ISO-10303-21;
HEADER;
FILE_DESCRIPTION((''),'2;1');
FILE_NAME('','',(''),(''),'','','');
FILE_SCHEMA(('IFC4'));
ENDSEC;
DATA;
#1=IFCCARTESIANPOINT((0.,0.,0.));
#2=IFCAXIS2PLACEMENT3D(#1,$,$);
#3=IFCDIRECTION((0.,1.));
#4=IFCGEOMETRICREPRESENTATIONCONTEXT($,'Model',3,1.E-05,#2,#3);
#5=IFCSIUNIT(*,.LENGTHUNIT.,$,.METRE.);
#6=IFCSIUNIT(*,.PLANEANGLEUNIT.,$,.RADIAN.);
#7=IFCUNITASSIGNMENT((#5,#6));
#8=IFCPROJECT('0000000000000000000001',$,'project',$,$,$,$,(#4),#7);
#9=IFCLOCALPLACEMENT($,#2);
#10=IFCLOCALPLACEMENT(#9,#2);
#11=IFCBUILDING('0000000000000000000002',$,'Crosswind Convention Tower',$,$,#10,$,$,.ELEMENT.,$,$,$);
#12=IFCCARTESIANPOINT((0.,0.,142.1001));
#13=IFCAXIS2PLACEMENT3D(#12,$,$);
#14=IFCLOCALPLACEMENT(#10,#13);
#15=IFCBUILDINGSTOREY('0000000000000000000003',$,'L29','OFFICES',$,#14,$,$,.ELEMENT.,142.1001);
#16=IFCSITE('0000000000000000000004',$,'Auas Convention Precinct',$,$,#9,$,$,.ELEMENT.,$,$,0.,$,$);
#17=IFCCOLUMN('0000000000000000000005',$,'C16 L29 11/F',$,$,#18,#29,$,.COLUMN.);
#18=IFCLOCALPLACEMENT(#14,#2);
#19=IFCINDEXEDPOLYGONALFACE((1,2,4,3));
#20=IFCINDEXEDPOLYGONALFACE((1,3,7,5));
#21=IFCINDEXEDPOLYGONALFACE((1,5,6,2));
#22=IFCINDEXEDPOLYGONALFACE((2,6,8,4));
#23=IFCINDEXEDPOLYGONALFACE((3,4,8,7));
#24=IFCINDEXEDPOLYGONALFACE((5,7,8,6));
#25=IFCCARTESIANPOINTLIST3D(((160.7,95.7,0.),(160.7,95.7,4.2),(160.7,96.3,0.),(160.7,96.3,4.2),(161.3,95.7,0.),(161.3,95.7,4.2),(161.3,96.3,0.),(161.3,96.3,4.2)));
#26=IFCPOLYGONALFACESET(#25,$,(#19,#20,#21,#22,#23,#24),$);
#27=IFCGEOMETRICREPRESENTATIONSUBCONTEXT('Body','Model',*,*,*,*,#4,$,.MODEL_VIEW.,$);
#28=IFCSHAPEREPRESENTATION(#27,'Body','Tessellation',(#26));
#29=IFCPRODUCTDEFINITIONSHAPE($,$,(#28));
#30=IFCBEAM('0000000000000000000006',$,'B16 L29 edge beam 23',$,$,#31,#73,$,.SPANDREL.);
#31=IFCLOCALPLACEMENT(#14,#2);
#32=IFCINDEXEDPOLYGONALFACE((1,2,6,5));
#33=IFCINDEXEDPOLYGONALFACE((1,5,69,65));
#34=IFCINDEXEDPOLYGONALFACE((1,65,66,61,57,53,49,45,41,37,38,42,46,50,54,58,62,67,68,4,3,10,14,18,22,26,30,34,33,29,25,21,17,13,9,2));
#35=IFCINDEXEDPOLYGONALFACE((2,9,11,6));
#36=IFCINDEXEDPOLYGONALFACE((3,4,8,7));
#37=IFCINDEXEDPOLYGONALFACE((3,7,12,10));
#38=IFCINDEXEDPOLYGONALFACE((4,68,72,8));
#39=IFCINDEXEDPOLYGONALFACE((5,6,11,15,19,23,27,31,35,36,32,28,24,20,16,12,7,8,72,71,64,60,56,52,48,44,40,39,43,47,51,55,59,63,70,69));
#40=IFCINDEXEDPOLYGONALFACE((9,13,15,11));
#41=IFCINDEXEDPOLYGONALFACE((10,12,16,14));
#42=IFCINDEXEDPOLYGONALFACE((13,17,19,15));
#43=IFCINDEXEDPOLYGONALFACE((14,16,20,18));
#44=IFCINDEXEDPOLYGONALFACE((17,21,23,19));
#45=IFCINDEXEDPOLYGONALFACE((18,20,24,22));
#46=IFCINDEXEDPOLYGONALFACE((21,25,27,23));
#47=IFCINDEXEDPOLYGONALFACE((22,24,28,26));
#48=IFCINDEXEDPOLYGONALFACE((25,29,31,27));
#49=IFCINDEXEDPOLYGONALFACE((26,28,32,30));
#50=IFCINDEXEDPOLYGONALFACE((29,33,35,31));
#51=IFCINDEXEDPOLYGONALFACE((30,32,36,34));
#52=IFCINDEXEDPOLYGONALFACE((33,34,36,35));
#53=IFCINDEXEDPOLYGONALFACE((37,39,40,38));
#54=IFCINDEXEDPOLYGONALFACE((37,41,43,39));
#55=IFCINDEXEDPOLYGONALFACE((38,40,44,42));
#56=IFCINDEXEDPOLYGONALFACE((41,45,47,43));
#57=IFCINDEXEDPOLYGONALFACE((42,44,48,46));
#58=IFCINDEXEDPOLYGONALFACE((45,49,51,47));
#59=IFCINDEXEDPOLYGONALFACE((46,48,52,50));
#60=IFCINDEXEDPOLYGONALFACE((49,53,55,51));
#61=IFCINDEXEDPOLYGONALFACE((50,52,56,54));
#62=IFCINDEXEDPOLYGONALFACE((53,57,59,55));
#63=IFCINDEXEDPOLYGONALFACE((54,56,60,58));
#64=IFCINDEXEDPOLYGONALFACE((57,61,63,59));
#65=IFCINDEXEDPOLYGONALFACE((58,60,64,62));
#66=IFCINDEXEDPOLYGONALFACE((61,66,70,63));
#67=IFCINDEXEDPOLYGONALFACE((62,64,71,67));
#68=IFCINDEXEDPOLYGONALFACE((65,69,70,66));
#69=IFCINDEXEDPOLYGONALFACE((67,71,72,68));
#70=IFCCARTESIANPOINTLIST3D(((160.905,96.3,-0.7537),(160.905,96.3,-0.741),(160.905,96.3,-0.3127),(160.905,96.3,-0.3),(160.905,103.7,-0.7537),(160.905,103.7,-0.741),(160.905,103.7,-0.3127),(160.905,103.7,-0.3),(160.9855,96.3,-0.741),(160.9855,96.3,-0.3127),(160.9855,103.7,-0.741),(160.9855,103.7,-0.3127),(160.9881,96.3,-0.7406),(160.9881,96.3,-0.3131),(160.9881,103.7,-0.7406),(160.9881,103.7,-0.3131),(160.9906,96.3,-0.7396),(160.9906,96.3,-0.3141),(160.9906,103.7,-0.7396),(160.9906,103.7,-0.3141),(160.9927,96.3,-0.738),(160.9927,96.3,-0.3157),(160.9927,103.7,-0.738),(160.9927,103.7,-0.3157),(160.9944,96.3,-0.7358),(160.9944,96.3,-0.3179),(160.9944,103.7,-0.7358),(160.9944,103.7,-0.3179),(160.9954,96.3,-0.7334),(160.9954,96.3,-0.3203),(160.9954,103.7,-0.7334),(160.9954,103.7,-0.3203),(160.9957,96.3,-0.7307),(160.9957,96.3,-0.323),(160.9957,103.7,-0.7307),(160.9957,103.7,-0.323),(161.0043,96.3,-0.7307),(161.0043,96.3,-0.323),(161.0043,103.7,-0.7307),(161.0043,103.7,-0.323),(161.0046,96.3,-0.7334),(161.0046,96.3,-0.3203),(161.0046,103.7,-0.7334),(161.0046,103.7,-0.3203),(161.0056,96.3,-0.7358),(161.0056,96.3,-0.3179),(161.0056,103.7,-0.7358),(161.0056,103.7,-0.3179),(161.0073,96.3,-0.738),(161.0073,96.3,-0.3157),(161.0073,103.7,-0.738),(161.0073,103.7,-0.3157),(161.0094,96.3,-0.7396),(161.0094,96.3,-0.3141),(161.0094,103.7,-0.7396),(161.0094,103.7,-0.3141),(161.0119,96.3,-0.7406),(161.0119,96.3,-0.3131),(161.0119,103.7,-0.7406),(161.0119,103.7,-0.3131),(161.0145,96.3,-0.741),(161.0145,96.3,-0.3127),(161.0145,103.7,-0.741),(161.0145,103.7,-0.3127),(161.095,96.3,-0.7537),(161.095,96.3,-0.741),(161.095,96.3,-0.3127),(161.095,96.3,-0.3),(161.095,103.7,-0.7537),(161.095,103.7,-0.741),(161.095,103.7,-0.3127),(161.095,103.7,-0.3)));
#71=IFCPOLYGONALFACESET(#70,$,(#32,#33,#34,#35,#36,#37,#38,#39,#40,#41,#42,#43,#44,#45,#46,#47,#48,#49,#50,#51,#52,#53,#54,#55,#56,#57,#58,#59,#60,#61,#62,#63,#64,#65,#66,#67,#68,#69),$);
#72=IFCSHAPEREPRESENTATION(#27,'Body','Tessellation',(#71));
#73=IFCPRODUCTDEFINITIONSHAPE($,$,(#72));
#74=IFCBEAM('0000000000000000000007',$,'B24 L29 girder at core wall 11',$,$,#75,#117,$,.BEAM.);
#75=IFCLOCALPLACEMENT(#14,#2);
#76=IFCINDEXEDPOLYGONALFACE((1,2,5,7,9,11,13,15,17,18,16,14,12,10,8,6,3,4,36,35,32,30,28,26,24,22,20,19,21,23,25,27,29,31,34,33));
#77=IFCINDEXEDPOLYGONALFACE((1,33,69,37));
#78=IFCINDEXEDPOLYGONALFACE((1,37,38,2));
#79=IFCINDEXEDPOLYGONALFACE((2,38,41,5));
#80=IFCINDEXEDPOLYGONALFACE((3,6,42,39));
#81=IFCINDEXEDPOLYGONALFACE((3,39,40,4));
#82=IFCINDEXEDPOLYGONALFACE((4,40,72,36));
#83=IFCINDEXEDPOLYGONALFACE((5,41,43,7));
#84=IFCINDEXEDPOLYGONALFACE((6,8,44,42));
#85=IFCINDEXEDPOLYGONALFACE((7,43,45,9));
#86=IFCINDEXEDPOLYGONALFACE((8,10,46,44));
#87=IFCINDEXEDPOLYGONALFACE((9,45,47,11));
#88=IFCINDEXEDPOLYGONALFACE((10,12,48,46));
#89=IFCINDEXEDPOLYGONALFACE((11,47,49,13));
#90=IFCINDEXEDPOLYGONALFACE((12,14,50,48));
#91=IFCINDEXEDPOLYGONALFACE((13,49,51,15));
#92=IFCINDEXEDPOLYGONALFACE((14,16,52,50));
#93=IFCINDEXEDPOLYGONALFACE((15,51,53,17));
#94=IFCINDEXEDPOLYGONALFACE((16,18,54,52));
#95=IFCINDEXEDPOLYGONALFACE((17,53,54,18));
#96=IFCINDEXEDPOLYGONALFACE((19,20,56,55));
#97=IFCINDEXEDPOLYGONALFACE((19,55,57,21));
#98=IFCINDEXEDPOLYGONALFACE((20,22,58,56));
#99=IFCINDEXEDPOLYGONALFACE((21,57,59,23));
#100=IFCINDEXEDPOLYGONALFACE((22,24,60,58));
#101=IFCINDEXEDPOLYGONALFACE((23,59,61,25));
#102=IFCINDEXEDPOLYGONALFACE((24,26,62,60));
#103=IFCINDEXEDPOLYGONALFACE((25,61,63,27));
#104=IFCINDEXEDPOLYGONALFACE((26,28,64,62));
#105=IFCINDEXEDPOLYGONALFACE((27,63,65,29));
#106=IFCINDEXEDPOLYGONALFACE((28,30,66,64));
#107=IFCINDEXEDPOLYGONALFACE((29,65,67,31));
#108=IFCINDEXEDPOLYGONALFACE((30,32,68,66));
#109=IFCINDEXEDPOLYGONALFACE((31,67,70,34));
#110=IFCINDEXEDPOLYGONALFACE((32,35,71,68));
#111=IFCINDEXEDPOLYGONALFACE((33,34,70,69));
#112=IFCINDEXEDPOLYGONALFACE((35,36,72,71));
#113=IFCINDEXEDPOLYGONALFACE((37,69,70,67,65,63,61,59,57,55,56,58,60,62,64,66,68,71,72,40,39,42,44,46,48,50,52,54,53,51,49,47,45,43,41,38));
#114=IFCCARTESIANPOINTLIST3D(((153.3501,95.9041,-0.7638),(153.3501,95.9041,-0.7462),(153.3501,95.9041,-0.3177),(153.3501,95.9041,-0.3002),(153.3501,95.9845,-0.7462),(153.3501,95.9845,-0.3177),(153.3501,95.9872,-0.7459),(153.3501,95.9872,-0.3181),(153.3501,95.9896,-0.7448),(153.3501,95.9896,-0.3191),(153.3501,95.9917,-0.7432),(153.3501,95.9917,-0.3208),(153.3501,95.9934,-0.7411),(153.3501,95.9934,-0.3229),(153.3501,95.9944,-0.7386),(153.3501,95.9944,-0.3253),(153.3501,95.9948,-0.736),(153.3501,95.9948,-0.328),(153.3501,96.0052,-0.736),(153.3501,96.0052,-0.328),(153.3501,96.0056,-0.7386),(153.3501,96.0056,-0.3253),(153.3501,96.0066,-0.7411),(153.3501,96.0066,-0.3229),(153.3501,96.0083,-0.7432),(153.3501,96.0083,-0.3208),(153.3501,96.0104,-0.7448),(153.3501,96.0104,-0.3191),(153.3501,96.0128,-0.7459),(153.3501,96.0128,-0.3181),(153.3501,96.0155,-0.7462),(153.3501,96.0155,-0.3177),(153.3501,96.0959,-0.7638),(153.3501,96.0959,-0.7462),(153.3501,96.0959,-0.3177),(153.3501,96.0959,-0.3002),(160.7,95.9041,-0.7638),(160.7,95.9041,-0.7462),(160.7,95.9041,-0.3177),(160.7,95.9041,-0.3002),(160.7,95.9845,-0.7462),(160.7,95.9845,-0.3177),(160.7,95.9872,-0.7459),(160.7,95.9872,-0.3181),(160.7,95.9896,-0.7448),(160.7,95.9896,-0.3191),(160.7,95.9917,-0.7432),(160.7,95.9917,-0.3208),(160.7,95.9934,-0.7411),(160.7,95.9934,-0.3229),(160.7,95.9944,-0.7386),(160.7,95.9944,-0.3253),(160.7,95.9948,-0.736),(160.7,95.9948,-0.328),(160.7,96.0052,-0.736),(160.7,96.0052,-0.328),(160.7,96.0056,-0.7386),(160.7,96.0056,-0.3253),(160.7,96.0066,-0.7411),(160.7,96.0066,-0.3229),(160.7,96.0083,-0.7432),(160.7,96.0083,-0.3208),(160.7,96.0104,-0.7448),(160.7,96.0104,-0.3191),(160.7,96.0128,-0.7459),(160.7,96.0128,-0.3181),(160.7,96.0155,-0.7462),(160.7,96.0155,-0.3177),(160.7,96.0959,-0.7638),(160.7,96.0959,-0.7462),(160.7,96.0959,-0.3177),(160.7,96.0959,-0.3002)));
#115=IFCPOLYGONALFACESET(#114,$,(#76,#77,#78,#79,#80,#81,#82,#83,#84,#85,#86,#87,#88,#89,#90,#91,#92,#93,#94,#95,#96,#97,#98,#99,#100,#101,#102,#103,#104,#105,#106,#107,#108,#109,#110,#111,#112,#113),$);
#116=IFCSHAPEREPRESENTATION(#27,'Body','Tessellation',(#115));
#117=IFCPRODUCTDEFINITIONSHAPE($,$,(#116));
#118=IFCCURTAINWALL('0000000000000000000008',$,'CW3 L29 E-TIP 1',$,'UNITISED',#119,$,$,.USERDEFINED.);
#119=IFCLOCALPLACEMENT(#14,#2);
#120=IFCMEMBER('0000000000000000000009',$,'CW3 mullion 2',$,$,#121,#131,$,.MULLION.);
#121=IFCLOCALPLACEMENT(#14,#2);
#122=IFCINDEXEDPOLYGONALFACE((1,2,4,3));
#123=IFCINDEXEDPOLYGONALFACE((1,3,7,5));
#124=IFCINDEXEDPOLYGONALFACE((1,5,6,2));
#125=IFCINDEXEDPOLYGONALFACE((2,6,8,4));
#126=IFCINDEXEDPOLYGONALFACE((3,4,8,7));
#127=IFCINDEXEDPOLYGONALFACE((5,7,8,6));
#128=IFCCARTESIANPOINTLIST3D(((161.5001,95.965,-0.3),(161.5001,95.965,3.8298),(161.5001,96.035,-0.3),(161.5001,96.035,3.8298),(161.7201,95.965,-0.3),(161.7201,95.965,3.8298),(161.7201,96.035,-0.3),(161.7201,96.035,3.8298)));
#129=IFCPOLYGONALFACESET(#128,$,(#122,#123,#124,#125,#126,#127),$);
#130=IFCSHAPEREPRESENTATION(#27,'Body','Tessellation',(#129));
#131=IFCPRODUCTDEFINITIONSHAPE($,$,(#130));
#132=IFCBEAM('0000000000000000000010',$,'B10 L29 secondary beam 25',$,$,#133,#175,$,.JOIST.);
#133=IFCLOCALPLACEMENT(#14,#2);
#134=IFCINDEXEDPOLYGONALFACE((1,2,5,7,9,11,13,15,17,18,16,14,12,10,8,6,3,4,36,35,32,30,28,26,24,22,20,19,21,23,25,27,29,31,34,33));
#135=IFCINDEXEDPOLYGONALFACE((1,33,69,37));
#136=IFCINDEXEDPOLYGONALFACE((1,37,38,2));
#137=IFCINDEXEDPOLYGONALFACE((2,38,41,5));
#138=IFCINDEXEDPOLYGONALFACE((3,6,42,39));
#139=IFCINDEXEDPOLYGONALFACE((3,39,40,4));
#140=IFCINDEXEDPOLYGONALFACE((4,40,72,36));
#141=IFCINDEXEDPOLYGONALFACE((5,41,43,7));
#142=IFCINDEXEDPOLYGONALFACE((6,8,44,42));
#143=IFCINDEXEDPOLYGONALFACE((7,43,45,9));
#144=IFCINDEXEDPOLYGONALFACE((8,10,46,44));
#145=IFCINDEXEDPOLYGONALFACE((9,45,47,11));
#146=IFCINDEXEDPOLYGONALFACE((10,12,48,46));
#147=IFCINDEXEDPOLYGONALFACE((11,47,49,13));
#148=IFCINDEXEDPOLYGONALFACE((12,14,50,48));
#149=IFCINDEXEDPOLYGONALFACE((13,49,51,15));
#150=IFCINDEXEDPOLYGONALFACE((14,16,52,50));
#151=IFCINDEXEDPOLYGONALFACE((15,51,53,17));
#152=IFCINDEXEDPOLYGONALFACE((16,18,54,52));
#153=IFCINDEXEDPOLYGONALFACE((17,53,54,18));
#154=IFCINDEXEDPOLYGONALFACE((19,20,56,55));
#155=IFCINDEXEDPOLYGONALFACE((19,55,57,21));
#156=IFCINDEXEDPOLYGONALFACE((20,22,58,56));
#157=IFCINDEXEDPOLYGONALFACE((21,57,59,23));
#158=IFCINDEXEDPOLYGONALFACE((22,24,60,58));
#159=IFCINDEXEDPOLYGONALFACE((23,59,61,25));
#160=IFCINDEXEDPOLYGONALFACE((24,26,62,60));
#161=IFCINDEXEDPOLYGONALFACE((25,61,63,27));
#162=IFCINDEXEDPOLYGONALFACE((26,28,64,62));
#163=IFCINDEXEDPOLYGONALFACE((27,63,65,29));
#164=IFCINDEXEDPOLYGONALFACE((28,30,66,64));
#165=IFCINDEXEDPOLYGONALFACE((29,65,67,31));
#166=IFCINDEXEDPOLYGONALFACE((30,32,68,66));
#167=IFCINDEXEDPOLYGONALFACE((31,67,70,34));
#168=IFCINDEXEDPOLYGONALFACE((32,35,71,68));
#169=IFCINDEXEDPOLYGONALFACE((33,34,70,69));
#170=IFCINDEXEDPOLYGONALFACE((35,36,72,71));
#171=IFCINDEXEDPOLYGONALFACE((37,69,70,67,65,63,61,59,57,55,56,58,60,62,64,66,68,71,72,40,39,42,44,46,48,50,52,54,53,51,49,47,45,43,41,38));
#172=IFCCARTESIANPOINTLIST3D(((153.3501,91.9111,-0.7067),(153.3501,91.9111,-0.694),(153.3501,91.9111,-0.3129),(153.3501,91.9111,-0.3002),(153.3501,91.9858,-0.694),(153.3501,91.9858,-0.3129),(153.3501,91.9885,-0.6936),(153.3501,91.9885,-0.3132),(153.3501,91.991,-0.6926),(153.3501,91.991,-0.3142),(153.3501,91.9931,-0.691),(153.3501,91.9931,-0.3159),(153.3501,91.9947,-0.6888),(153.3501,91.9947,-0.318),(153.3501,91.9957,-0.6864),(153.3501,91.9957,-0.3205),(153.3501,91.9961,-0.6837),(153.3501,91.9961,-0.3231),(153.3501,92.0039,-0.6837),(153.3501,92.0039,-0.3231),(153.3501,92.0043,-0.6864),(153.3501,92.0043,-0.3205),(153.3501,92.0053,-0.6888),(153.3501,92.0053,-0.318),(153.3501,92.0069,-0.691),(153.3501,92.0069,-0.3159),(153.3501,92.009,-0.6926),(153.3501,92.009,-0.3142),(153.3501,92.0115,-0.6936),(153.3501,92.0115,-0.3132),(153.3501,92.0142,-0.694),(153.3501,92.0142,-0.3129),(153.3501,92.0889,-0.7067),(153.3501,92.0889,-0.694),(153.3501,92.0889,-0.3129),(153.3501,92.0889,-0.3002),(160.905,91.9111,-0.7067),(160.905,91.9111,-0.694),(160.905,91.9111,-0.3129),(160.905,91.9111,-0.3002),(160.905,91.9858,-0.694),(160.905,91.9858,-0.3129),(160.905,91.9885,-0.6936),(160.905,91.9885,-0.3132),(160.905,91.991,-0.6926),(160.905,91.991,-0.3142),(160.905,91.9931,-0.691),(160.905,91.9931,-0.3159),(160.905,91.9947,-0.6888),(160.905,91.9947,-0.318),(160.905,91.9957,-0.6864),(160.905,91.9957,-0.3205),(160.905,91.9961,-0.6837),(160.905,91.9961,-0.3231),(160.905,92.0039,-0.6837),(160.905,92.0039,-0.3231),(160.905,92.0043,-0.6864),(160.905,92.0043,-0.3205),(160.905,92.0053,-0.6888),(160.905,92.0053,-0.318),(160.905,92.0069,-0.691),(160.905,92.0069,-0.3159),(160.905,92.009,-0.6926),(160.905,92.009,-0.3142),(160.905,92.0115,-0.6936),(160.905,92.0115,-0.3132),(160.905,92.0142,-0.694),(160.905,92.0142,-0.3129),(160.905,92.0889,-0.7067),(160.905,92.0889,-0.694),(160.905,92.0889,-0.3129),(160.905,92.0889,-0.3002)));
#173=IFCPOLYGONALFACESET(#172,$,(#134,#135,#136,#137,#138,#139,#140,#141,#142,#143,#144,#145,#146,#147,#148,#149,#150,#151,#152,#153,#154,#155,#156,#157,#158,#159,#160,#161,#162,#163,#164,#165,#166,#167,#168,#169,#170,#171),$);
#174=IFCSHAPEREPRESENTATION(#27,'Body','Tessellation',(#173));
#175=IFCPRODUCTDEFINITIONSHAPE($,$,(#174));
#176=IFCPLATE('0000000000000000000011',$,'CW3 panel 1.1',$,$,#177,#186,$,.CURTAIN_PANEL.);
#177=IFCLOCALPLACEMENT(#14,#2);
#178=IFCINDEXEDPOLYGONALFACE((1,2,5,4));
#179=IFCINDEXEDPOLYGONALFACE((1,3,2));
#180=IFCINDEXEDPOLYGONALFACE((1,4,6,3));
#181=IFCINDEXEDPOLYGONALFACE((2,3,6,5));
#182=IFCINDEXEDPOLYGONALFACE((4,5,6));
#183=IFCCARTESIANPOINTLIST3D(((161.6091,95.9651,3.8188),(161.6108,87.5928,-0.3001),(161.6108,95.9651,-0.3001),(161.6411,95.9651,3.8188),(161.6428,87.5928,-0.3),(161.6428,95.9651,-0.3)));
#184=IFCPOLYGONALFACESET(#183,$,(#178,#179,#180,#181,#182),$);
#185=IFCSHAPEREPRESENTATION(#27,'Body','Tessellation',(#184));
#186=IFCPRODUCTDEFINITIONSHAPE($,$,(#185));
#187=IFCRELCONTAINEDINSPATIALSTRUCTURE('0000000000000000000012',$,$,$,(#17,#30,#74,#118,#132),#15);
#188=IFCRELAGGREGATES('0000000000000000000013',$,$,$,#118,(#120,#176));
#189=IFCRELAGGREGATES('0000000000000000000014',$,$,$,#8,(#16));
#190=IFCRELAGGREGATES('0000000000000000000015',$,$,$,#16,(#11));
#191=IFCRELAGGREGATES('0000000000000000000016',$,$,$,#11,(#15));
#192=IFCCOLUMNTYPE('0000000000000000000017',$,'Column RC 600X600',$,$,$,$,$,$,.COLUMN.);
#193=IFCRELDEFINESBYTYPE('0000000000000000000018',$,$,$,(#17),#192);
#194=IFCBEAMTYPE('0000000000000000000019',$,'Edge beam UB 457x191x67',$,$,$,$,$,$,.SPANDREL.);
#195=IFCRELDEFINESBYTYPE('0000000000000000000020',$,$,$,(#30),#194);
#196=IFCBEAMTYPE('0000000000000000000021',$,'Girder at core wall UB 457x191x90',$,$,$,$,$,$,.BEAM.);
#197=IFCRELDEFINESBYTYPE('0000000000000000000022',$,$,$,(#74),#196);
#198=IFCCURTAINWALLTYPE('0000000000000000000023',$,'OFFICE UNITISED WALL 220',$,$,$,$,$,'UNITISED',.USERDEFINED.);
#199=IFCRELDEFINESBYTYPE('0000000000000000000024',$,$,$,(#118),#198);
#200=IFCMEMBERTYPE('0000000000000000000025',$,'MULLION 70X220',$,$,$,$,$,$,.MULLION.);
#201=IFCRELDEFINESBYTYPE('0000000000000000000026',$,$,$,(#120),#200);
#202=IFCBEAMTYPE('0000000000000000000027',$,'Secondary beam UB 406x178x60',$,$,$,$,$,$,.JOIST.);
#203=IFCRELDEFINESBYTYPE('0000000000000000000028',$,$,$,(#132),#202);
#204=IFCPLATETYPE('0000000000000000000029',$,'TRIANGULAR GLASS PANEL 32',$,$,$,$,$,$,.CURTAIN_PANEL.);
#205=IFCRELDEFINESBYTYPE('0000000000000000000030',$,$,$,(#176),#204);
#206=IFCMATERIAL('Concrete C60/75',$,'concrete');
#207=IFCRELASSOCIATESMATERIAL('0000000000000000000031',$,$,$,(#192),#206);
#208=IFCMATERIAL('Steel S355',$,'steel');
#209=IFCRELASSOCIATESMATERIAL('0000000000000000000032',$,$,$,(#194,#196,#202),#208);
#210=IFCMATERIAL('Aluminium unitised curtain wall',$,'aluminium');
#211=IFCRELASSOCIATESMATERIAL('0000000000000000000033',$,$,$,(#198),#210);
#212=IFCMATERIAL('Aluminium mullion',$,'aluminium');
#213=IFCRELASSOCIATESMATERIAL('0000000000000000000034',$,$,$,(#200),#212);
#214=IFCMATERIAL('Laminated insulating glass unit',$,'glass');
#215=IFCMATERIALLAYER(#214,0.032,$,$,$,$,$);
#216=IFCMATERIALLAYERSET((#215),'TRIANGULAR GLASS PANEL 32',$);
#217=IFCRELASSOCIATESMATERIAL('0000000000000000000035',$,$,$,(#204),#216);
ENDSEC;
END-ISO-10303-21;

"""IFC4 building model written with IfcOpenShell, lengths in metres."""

from ifc_helpers import new_model, si_unit, direction, frame, origin, origin_2d, place, context, subcontext, project, spatial, polyline, rectangle, i_section, outline, extrude, material, layer, layer_set, material_profile, profile_set, type_object, element, aggregate, save


model = new_model("IFC4")

# Units and contexts
model_context = context("Model", 3, precision=1e-05, world=origin(), true_north=direction((0.0, 1.0)))
body_context = subcontext(model_context, "Body", "Model", "MODEL_VIEW")
ifc_project = project(units=[si_unit("LENGTHUNIT", "METRE"), si_unit("PLANEANGLEUNIT", "RADIAN")], contexts=[model_context])

# Site, building, storey
site_placement = place(None, origin())
site = spatial("IfcSite", under=ifc_project, at=site_placement, Name="Auas Convention Precinct", CompositionType="ELEMENT", RefElevation=0.0)
building_placement = place(site_placement, origin())
building = spatial("IfcBuilding", under=site, at=building_placement, Name="Crosswind Convention Tower", CompositionType="ELEMENT")
storey_placement = place(building_placement, frame((0.0, 0.0, 142.1001)))
storey = spatial("IfcBuildingStorey", under=building, at=storey_placement, Name="L29", Description="OFFICES", CompositionType="ELEMENT", Elevation=142.1001)

# Column
ifc_material_1 = material(Name="Concrete C60/75", Category="concrete")
ifc_material_profile_1 = material_profile(ifc_material_1, rectangle(XDim=0.6001, YDim=0.6001, at=origin_2d()), Name="RC 600X600")
ifc_profile_set_1 = profile_set([ifc_material_profile_1], Name="Concrete C60/75")
column_type = type_object("IfcColumnType", Name="Column RC 600X600", PredefinedType="COLUMN", material=ifc_profile_set_1)
column_placement = place(storey_placement, frame((161.0, 96.0, 0.0), z_axis=(0.0, 0.0, 1.0), x_axis=(1.0, 0.0, 0.0)))
element("IfcColumn", 1, at=column_placement, inside=storey, type_object=column_type, Name="C16 L29 11/F", PredefinedType="COLUMN", context=body_context, shape_type="SweptSolid", body=[
    extrude(rectangle(XDim=0.6001, YDim=0.6001, at=origin_2d()), origin(), (0.0, 0.0, 1.0), 4.2),
])

# Beams
ifc_material_2 = material(Name="Steel S355", Category="steel")
ifc_material_profile_2 = material_profile(ifc_material_2, i_section(OverallWidth=0.1899, OverallDepth=0.4536, WebThickness=0.0085, FlangeThickness=0.0127, FilletRadius=0.0103, at=origin_2d()), Name="UB 457x191x67")
ifc_profile_set_2 = profile_set([ifc_material_profile_2], Name="Steel S355")
beam_type_1 = type_object("IfcBeamType", Name="Edge beam UB 457x191x67", PredefinedType="SPANDREL", material=ifc_profile_set_2)
beam_1_placement = place(storey_placement, frame((161.0, 96.3, -0.5269), z_axis=(0.0, 1.0, 0.0), x_axis=(-1.0, 0.0, 0.0)))
element("IfcBeam", 2, at=beam_1_placement, inside=storey, type_object=beam_type_1, Name="B16 L29 edge beam 23", PredefinedType="SPANDREL", context=body_context, shape_type="SweptSolid", body=[
    extrude(i_section(OverallWidth=0.1899, OverallDepth=0.4536, WebThickness=0.0085, FlangeThickness=0.0127, FilletRadius=0.0103, at=origin_2d()), origin(), (0.0, 0.0, 1.0), 7.3999),
])
ifc_material_profile_3 = material_profile(ifc_material_2, i_section(OverallWidth=0.1919, OverallDepth=0.4636, WebThickness=0.0105, FlangeThickness=0.0176, FilletRadius=0.0103, at=origin_2d()), Name="UB 457x191x90")
ifc_profile_set_3 = profile_set([ifc_material_profile_3], Name="Steel S355")
beam_type_2 = type_object("IfcBeamType", Name="Girder at core wall UB 457x191x90", PredefinedType="BEAM", material=ifc_profile_set_3)
beam_2_placement = place(storey_placement, frame((153.3501, 96.0, -0.532), z_axis=(1.0, 0.0, 0.0), x_axis=(0.0, 1.0, 0.0)))
element("IfcBeam", 3, at=beam_2_placement, inside=storey, type_object=beam_type_2, Name="B24 L29 girder at core wall 11", PredefinedType="BEAM", context=body_context, shape_type="SweptSolid", body=[
    extrude(i_section(OverallWidth=0.1919, OverallDepth=0.4636, WebThickness=0.0105, FlangeThickness=0.0176, FilletRadius=0.0103, at=origin_2d()), origin(), (0.0, 0.0, 1.0), 7.3499),
])

# Curtain wall, member
ifc_material_3 = material(Name="Aluminium unitised curtain wall", Category="aluminium")
curtain_wall_type = type_object("IfcCurtainWallType", Name="OFFICE UNITISED WALL 220", ElementType="UNITISED", PredefinedType="USERDEFINED", material=ifc_material_3)
curtain_wall_placement = place(storey_placement, origin())
curtain_wall = element("IfcCurtainWall", 4, at=curtain_wall_placement, inside=storey, type_object=curtain_wall_type, Name="CW3 L29 E-TIP 1", ObjectType="UNITISED", PredefinedType="USERDEFINED")
ifc_material_4 = material(Name="Aluminium mullion", Category="aluminium")
ifc_material_profile_4 = material_profile(ifc_material_4, rectangle(XDim=0.22, YDim=0.0701, at=origin_2d()), Name="AL 220X70")
ifc_profile_set_4 = profile_set([ifc_material_profile_4], Name="Aluminium mullion")
member_type = type_object("IfcMemberType", Name="MULLION 70X220", PredefinedType="MULLION", material=ifc_profile_set_4)
member_placement = place(storey_placement, frame((161.6101, 96.0, -0.3), z_axis=(0.0, 0.0, 1.0), x_axis=(1.0, 0.0, 0.0)))
member = element("IfcMember", 5, at=member_placement, type_object=member_type, Name="CW3 mullion 2", PredefinedType="MULLION", context=body_context, shape_type="SweptSolid", body=[
    extrude(rectangle(XDim=0.22, YDim=0.0701, at=origin_2d()), origin(), (0.0, 0.0, 1.0), 4.1299),
])

# Beam
ifc_material_profile_5 = material_profile(ifc_material_2, i_section(OverallWidth=0.1777, OverallDepth=0.4065, WebThickness=0.0078, FlangeThickness=0.0127, FilletRadius=0.0103, at=origin_2d()), Name="UB 406x178x60")
ifc_profile_set_5 = profile_set([ifc_material_profile_5], Name="Steel S355")
beam_type_3 = type_object("IfcBeamType", Name="Secondary beam UB 406x178x60", PredefinedType="JOIST", material=ifc_profile_set_5)
beam_3_placement = place(storey_placement, frame((153.3501, 92.0, -0.5034), z_axis=(1.0, 0.0, 0.0), x_axis=(0.0, 1.0, 0.0)))
element("IfcBeam", 6, at=beam_3_placement, inside=storey, type_object=beam_type_3, Name="B10 L29 secondary beam 25", PredefinedType="JOIST", context=body_context, shape_type="SweptSolid", body=[
    extrude(i_section(OverallWidth=0.1777, OverallDepth=0.4065, WebThickness=0.0078, FlangeThickness=0.0127, FilletRadius=0.0103, at=origin_2d()), origin(), (0.0, 0.0, 1.0), 7.5549),
])

# Plate
ifc_material_5 = material(Name="Laminated insulating glass unit", Category="glass")
ifc_layer_1 = layer(ifc_material_5, 0.032)
ifc_layer_set_1 = layer_set([ifc_layer_1], Name="TRIANGULAR GLASS PANEL 32")
plate_type = type_object("IfcPlateType", Name="TRIANGULAR GLASS PANEL 32", PredefinedType="CURTAIN_PANEL", material=ifc_layer_set_1)
plate_1_placement = place(storey_placement, frame((161.6428, 95.9651, -0.3), z_axis=(1.0, 0.0, 0.000415), x_axis=(-0.000415, 0.0, 1.0)))
plate_1 = element("IfcPlate", 7, at=plate_1_placement, type_object=plate_type, Name="CW3 panel 1.1", PredefinedType="CURTAIN_PANEL", context=body_context, shape_type="SweptSolid", body=[
    extrude(outline(polyline([(0.0, 0.0), (4.1189, 0.0), (0.0, 8.3723), (0.0, 0.0)])), origin(), (0.0, 0.0, -1.0), 0.032),
])
aggregate(curtain_wall, [member, plate_1])

save(model, "model.ifc")
